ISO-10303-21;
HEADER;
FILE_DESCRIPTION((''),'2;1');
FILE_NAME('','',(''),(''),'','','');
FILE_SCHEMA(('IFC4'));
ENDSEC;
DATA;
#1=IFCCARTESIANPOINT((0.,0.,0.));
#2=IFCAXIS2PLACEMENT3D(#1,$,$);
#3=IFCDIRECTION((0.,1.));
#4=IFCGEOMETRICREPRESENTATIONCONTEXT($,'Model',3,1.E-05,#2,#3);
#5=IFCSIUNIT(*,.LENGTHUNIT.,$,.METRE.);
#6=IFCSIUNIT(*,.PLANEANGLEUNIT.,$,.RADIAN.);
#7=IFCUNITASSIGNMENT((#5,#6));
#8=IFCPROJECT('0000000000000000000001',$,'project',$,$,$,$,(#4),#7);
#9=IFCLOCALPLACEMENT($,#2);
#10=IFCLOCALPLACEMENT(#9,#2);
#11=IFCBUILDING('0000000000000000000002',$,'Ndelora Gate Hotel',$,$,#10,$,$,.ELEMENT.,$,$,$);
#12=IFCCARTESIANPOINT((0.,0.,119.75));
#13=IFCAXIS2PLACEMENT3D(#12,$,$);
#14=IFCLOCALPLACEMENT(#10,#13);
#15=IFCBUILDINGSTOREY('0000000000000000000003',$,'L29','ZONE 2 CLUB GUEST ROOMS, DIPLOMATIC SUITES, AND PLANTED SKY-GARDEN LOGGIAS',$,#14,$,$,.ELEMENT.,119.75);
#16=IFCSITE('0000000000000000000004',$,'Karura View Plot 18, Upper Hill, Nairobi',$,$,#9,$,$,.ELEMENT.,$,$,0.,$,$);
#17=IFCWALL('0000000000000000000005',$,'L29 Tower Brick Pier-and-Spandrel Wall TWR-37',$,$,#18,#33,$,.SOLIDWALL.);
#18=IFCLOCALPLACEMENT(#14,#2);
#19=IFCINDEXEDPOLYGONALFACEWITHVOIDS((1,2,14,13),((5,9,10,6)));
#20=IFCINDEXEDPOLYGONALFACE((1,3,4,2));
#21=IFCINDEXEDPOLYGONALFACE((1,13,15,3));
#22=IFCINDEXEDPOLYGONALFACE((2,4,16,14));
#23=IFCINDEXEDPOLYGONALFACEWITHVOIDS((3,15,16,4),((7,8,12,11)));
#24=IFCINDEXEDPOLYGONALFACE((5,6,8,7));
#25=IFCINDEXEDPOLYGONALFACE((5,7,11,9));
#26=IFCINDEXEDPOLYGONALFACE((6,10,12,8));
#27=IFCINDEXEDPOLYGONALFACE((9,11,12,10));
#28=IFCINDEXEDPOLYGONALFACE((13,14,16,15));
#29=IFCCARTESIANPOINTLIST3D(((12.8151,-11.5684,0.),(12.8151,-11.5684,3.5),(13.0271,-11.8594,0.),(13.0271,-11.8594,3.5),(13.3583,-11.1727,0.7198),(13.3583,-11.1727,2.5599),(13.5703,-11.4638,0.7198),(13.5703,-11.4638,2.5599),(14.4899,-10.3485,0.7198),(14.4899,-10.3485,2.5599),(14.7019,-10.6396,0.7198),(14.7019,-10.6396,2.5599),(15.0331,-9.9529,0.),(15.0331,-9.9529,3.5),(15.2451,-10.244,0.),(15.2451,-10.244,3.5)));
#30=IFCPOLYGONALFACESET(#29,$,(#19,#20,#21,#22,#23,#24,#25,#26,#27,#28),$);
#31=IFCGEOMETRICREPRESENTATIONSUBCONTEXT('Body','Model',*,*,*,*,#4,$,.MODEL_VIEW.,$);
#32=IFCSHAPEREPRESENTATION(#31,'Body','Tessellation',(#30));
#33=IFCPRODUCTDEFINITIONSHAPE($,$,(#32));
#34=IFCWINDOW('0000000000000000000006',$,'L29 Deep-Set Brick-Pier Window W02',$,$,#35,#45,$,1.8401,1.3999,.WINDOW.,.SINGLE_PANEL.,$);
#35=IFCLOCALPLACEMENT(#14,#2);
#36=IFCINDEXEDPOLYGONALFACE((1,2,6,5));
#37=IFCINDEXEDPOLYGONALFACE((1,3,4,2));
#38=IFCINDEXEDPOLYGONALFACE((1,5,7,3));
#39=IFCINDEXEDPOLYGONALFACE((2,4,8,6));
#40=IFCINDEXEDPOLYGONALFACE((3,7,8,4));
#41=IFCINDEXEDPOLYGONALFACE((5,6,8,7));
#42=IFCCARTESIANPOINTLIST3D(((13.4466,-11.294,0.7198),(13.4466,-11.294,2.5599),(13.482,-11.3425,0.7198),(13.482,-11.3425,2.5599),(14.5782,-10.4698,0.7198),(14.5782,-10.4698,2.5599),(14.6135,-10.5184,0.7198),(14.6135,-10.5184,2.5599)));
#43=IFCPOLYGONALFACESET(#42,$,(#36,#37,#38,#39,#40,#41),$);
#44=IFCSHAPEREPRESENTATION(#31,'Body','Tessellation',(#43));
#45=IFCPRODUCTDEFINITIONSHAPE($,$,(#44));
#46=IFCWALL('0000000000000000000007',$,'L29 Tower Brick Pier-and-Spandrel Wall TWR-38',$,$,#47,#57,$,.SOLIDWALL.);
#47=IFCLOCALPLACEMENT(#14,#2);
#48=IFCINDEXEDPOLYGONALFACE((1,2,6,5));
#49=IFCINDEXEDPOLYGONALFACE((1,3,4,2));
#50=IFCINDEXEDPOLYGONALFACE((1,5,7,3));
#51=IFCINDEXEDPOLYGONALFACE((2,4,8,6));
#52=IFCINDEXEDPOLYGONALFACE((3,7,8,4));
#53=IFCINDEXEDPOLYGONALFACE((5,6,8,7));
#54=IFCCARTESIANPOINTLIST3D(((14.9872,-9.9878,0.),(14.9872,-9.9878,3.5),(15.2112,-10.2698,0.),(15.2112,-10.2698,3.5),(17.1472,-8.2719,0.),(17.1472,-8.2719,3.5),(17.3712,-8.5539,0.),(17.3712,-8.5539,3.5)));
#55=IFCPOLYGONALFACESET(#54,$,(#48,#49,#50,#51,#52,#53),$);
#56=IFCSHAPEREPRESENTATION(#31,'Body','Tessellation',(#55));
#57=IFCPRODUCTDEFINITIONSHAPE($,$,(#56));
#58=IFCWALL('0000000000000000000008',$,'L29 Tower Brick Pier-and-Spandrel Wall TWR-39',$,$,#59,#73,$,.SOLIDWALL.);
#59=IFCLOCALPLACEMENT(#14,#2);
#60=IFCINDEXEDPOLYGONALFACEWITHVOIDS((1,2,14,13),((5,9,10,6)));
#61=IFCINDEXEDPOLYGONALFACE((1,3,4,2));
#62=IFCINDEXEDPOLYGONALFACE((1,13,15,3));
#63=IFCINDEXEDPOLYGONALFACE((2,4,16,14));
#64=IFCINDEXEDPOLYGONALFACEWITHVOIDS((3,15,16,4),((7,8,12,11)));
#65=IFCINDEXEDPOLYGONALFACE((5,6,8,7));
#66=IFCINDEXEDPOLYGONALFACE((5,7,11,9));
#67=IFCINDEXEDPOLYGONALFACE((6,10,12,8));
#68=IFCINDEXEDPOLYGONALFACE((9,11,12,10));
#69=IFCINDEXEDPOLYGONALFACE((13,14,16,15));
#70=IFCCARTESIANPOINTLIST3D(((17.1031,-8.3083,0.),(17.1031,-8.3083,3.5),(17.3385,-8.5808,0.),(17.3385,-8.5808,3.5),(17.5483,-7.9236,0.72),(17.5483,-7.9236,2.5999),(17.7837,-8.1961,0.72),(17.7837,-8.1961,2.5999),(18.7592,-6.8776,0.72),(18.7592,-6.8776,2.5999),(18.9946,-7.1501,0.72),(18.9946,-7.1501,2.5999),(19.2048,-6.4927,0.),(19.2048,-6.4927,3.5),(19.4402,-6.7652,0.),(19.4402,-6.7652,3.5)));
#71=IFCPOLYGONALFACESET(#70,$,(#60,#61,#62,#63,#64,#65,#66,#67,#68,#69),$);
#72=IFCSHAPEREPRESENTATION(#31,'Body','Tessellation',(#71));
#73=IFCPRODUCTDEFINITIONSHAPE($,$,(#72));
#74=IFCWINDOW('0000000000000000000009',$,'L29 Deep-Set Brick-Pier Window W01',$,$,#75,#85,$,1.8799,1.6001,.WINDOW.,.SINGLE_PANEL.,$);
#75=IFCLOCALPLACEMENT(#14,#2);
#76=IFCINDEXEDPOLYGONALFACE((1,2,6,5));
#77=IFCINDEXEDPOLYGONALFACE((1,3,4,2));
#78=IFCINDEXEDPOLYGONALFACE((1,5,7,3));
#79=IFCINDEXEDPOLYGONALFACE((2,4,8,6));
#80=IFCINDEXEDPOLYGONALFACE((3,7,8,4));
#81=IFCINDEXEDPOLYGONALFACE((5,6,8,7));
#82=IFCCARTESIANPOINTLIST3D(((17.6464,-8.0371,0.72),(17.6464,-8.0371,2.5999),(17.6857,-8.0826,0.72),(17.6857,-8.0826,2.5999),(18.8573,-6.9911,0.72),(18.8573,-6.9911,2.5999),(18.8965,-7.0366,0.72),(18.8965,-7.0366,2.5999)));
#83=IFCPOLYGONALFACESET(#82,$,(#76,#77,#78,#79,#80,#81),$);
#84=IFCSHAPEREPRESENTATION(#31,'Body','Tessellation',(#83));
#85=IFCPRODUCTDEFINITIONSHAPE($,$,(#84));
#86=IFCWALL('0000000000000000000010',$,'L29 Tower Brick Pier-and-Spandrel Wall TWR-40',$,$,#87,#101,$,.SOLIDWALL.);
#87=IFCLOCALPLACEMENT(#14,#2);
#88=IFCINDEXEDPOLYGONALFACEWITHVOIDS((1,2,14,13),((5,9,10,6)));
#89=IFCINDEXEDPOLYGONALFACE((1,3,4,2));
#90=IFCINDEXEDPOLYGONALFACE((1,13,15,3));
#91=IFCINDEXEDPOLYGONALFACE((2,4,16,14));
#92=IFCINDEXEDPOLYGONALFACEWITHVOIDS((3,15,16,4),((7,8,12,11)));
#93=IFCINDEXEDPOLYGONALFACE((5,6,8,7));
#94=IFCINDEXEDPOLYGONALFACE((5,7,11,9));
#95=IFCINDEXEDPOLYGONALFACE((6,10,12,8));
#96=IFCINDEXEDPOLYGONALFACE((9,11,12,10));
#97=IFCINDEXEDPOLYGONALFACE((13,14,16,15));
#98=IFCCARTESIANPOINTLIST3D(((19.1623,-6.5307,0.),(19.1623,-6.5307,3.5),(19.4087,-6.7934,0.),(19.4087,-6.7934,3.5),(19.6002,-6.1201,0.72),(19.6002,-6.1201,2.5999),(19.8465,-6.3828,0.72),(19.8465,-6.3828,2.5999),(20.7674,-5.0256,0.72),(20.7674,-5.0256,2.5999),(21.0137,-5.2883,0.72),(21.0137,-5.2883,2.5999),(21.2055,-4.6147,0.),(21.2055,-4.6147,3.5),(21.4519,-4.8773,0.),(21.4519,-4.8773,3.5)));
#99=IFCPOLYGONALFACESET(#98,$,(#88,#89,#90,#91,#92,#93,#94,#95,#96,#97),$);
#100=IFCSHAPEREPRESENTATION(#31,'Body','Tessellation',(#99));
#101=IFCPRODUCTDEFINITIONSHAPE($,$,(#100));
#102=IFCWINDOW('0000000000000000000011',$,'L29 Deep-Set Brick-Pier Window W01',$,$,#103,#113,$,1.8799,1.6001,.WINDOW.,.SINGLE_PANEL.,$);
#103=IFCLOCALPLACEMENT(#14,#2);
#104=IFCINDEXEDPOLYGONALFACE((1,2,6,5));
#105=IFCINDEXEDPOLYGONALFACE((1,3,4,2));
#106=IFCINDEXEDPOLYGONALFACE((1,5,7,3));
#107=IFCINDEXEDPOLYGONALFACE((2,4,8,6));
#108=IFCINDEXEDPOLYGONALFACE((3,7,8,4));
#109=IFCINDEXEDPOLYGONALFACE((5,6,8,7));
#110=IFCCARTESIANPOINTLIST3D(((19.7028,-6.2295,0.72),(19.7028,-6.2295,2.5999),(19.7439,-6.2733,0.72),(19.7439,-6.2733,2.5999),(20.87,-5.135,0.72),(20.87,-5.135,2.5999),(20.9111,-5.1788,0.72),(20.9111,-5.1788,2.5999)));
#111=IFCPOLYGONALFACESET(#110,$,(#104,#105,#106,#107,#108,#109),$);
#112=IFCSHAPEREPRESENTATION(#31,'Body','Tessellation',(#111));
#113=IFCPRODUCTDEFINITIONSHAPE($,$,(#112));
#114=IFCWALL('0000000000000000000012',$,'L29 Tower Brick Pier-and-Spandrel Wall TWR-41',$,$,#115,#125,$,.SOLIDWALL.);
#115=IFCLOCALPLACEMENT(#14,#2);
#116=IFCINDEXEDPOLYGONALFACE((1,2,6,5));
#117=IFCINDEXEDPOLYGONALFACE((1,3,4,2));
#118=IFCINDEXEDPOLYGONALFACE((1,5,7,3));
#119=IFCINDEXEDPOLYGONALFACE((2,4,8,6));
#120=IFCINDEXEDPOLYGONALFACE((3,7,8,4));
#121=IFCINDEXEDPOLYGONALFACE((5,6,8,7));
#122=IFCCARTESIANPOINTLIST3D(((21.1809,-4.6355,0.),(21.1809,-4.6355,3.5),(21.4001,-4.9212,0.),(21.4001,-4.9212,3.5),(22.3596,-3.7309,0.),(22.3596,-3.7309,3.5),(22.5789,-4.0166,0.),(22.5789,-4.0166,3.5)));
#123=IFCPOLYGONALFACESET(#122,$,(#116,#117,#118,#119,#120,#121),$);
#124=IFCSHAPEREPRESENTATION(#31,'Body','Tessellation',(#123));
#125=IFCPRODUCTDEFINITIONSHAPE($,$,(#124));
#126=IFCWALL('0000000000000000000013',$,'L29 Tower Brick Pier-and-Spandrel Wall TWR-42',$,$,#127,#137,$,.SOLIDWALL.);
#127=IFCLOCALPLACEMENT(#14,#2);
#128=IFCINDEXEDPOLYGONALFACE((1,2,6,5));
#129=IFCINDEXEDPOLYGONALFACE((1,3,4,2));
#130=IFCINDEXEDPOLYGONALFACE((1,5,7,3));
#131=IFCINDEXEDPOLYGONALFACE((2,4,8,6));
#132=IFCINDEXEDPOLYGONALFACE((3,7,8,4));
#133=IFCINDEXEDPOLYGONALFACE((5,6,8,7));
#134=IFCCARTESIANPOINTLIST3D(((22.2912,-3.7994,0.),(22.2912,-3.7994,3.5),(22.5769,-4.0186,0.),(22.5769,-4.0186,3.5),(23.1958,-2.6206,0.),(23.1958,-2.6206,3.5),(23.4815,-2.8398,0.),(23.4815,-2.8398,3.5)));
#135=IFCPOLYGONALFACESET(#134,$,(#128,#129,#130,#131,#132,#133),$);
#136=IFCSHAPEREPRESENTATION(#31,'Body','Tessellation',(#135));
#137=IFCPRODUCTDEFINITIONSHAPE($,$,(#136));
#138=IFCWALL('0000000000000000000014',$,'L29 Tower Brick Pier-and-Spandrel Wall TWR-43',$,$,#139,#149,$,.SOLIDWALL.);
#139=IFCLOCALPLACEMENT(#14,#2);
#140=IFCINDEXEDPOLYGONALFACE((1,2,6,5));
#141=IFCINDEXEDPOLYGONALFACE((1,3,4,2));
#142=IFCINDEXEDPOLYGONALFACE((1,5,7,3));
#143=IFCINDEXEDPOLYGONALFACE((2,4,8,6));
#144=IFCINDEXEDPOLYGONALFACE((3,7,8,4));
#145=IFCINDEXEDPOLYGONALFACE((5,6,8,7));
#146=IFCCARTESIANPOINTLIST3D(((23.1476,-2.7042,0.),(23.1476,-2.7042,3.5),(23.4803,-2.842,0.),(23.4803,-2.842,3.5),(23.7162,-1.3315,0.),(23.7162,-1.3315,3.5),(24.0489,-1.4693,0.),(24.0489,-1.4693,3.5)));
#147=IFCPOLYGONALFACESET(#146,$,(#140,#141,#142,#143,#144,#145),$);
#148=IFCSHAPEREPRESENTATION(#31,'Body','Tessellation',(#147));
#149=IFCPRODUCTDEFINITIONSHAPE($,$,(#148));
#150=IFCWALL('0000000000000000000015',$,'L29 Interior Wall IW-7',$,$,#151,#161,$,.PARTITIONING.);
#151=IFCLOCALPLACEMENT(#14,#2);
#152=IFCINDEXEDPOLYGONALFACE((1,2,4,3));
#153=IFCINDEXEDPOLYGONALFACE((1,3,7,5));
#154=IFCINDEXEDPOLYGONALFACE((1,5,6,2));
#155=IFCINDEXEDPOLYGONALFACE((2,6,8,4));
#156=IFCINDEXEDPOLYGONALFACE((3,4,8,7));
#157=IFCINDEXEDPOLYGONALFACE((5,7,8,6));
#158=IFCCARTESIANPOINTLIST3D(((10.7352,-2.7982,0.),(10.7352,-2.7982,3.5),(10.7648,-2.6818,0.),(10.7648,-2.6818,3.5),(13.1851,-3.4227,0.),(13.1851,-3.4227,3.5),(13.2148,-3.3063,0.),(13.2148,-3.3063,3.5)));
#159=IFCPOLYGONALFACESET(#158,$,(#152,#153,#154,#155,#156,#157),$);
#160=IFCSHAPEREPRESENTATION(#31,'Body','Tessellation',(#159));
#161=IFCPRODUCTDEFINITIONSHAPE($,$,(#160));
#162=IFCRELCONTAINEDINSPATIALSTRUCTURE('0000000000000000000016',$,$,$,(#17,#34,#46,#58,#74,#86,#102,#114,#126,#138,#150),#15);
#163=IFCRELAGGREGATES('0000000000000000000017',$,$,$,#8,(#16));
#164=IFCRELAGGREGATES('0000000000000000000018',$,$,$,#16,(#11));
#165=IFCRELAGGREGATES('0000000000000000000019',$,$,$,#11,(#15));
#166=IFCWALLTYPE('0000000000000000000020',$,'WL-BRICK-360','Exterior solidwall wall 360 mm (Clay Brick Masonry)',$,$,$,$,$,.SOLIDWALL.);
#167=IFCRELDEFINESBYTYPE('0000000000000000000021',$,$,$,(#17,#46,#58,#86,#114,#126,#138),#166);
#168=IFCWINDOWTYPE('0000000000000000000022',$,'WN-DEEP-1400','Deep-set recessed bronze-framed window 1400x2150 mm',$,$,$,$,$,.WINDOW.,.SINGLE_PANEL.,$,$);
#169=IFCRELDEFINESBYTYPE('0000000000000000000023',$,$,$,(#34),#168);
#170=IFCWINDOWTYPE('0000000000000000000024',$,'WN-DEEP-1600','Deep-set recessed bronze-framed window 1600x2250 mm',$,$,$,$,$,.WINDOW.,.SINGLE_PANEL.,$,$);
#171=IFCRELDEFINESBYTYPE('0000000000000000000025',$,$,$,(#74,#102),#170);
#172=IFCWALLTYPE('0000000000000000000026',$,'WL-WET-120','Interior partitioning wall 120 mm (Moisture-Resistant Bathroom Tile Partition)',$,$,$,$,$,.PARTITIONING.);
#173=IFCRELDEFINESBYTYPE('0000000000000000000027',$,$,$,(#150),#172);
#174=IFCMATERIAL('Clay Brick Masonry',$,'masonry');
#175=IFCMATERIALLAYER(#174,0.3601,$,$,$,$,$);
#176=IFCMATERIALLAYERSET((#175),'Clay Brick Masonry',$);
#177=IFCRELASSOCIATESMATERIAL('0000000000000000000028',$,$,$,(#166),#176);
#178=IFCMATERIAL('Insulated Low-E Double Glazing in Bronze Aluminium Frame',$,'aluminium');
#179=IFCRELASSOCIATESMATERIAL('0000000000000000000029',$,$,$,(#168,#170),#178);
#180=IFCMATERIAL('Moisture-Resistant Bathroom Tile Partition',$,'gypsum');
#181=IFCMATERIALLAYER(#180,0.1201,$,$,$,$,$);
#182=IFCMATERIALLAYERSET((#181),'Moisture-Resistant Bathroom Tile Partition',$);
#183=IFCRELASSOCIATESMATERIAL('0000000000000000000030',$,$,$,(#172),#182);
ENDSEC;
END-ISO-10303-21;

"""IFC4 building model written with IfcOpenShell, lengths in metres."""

from ifc_helpers import new_model, si_unit, direction, frame, frame_2d, origin, place, context, subcontext, project, spatial, rectangle, extrude, material, layer, layer_set, type_object, element, fill, save


model = new_model("IFC4")

# Units and contexts
model_context = context("Model", 3, precision=1e-05, world=origin(), true_north=direction((0.0, 1.0)))
body_context = subcontext(model_context, "Body", "Model", "MODEL_VIEW")
ifc_project = project(units=[si_unit("LENGTHUNIT", "METRE"), si_unit("PLANEANGLEUNIT", "RADIAN")], contexts=[model_context])

# Site, building, storey
site_placement = place(None, origin())
site = spatial("IfcSite", under=ifc_project, at=site_placement, Name="Karura View Plot 18, Upper Hill, Nairobi", CompositionType="ELEMENT", RefElevation=0.0)
building_placement = place(site_placement, origin())
building = spatial("IfcBuilding", under=site, at=building_placement, Name="Ndelora Gate Hotel", CompositionType="ELEMENT")
storey_placement = place(building_placement, frame((0.0, 0.0, 119.75)))
storey = spatial("IfcBuildingStorey", under=building, at=storey_placement, Name="L29", Description="ZONE 2 CLUB GUEST ROOMS, DIPLOMATIC SUITES, AND PLANTED SKY-GARDEN LOGGIAS", CompositionType="ELEMENT", Elevation=119.75)

# Wall, opening, window
ifc_material_1 = material(Name="Clay Brick Masonry", Category="masonry")
ifc_layer_1 = layer(ifc_material_1, 0.3601)
ifc_layer_set_1 = layer_set([ifc_layer_1], Name="Clay Brick Masonry")
wall_type_1 = type_object("IfcWallType", Name="WL-BRICK-360", Description="Exterior solidwall wall 360 mm (Clay Brick Masonry)", PredefinedType="SOLIDWALL", material=ifc_layer_set_1)
ifc_material_2 = material(Name="Insulated Low-E Double Glazing in Bronze Aluminium Frame", Category="aluminium")
window_type_1 = type_object("IfcWindowType", Name="WN-DEEP-1400", Description="Deep-set recessed bronze-framed window 1400x2150 mm", PartitioningType="SINGLE_PANEL", PredefinedType="WINDOW", material=ifc_material_2)
wall_1_placement = place(storey_placement, frame((15.1392, -10.0984, 0.0), z_axis=(0.0, 0.0, 1.0), x_axis=(-0.808324, -0.588738, 0.0)))
wall_1 = element("IfcWall", 1, at=wall_1_placement, inside=storey, type_object=wall_type_1, Name="L29 Tower Brick Pier-and-Spandrel Wall TWR-37", PredefinedType="SOLIDWALL", context=body_context, shape_type="SweptSolid", body=[
    extrude(rectangle(XDim=2.7439, YDim=0.3601, at=frame_2d((1.3721, 0.0))), origin(), (0.0, 0.0, 1.0), 3.5),
])
opening_1_placement = place(wall_1_placement, frame((0.6721, 0.0, 0.72)))
opening_1 = element("IfcOpeningElement", 2, at=opening_1_placement, cuts=wall_1, PredefinedType="OPENING", context=body_context, shape_type="SweptSolid", body=[
    extrude(rectangle(XDim=1.3999, YDim=1.8401, at=frame_2d((0.7, 0.9199))), frame((0.0, 0.1899, 0.0), z_axis=(0.0, -1.0, 0.0), x_axis=(1.0, 0.0, 0.0)), (0.0, 0.0, 1.0), 0.3801),
])
window_1_placement = place(opening_1_placement, origin())
window_1 = element("IfcWindow", 3, at=window_1_placement, inside=storey, type_object=window_type_1, Name="L29 Deep-Set Brick-Pier Window W02", OverallHeight=1.8401, OverallWidth=1.3999, PartitioningType="SINGLE_PANEL", PredefinedType="WINDOW", context=body_context, shape_type="SweptSolid", body=[
    extrude(rectangle(XDim=1.3999, YDim=1.8401, at=frame_2d((0.7, 0.9199))), frame((0.0, 0.03, 0.0), z_axis=(0.0, -1.0, 0.0), x_axis=(1.0, 0.0, 0.0)), (0.0, 0.0, 1.0), 0.0601),
])
fill(opening_1, window_1)

# Wall
wall_2_placement = place(storey_placement, frame((17.2593, -8.4128, 0.0), z_axis=(0.0, 0.0, 1.0), x_axis=(-0.783006, -0.622015, 0.0)))
element("IfcWall", 4, at=wall_2_placement, inside=storey, type_object=wall_type_1, Name="L29 Tower Brick Pier-and-Spandrel Wall TWR-38", PredefinedType="SOLIDWALL", context=body_context, shape_type="SweptSolid", body=[
    extrude(rectangle(XDim=2.7585, YDim=0.3601, at=frame_2d((1.3794, 0.0))), origin(), (0.0, 0.0, 1.0), 3.5),
])

# Walls, openings, windows
wall_3_placement = place(storey_placement, frame((19.3225, -6.6289, 0.0), z_axis=(0.0, 0.0, 1.0), x_axis=(-0.756738, -0.653718, 0.0)))
wall_3 = element("IfcWall", 5, at=wall_3_placement, inside=storey, type_object=wall_type_1, Name="L29 Tower Brick Pier-and-Spandrel Wall TWR-39", PredefinedType="SOLIDWALL", context=body_context, shape_type="SweptSolid", body=[
    extrude(rectangle(XDim=2.7773, YDim=0.3601, at=frame_2d((1.3887, 0.0))), origin(), (0.0, 0.0, 1.0), 3.5),
])
opening_2_placement = place(wall_3_placement, frame((0.5889, 0.0, 0.72)))
opening_2 = element("IfcOpeningElement", 6, at=opening_2_placement, cuts=wall_3, PredefinedType="OPENING", context=body_context, shape_type="SweptSolid", body=[
    extrude(rectangle(XDim=1.6001, YDim=1.8799, at=frame_2d((0.8, 0.9399))), frame((0.0, 0.1899, 0.0), z_axis=(0.0, -1.0, 0.0), x_axis=(1.0, 0.0, 0.0)), (0.0, 0.0, 1.0), 0.3801),
])
window_type_2 = type_object("IfcWindowType", Name="WN-DEEP-1600", Description="Deep-set recessed bronze-framed window 1600x2250 mm", PartitioningType="SINGLE_PANEL", PredefinedType="WINDOW", material=ifc_material_2)
window_2_placement = place(opening_2_placement, origin())
window_2 = element("IfcWindow", 7, at=window_2_placement, inside=storey, type_object=window_type_2, Name="L29 Deep-Set Brick-Pier Window W01", OverallHeight=1.8799, OverallWidth=1.6001, PartitioningType="SINGLE_PANEL", PredefinedType="WINDOW", context=body_context, shape_type="SweptSolid", body=[
    extrude(rectangle(XDim=1.6001, YDim=1.8799, at=frame_2d((0.8, 0.9399))), frame((0.0, 0.03, 0.0), z_axis=(0.0, -1.0, 0.0), x_axis=(1.0, 0.0, 0.0)), (0.0, 0.0, 1.0), 0.0601),
])
fill(opening_2, window_2)
wall_4_placement = place(storey_placement, frame((21.3286, -4.7461, 0.0), z_axis=(0.0, 0.0, 1.0), x_axis=(-0.729448, -0.684037, 0.0)))
wall_4 = element("IfcWall", 8, at=wall_4_placement, inside=storey, type_object=wall_type_1, Name="L29 Tower Brick Pier-and-Spandrel Wall TWR-40", PredefinedType="SOLIDWALL", context=body_context, shape_type="SweptSolid", body=[
    extrude(rectangle(XDim=2.801, YDim=0.3601, at=frame_2d((1.4004, 0.0))), origin(), (0.0, 0.0, 1.0), 3.5),
])
opening_3_placement = place(wall_4_placement, frame((0.6006, 0.0, 0.72)))
opening_3 = element("IfcOpeningElement", 9, at=opening_3_placement, cuts=wall_4, PredefinedType="OPENING", context=body_context, shape_type="SweptSolid", body=[
    extrude(rectangle(XDim=1.6001, YDim=1.8799, at=frame_2d((0.8, 0.9399))), frame((0.0, 0.1899, 0.0), z_axis=(0.0, -1.0, 0.0), x_axis=(1.0, 0.0, 0.0)), (0.0, 0.0, 1.0), 0.3801),
])
window_3_placement = place(opening_3_placement, origin())
window_3 = element("IfcWindow", 10, at=window_3_placement, inside=storey, type_object=window_type_2, Name="L29 Deep-Set Brick-Pier Window W01", OverallHeight=1.8799, OverallWidth=1.6001, PartitioningType="SINGLE_PANEL", PredefinedType="WINDOW", context=body_context, shape_type="SweptSolid", body=[
    extrude(rectangle(XDim=1.6001, YDim=1.8799, at=frame_2d((0.8, 0.9399))), frame((0.0, 0.03, 0.0), z_axis=(0.0, -1.0, 0.0), x_axis=(1.0, 0.0, 0.0)), (0.0, 0.0, 1.0), 0.0601),
])
fill(opening_3, window_3)

# Walls
for number, where, z_axis, x_axis, name in (
    (11, (22.4692, -3.8738, 0.0), (0.0, 0.0, 1.0), (-0.793326, -0.608797, 0.0), "L29 Tower Brick Pier-and-Spandrel Wall TWR-41"),
    (12, (23.3386, -2.7302, 0.0), (0.0, 0.0, 1.0), (-0.608797, -0.793326, 0.0), "L29 Tower Brick Pier-and-Spandrel Wall TWR-42"),
    (13, (23.8826, -1.4004, 0.0), (0.0, 0.0, 1.0), (-0.382666, -0.923887, 0.0), "L29 Tower Brick Pier-and-Spandrel Wall TWR-43"),
):
    element("IfcWall", number, at=place(storey_placement, frame(where, z_axis=z_axis, x_axis=x_axis)), inside=storey, type_object=wall_type_1, Name=name, PredefinedType="SOLIDWALL", context=body_context, shape_type="SweptSolid", body=[
        extrude(rectangle(XDim=1.4858, YDim=0.3601, at=frame_2d((0.7429, 0.0))), origin(), (0.0, 0.0, 1.0), 3.5),
    ])
ifc_material_3 = material(Name="Moisture-Resistant Bathroom Tile Partition", Category="gypsum")
ifc_layer_2 = layer(ifc_material_3, 0.1201)
ifc_layer_set_2 = layer_set([ifc_layer_2], Name="Moisture-Resistant Bathroom Tile Partition")
wall_type_2 = type_object("IfcWallType", Name="WL-WET-120", Description="Interior partitioning wall 120 mm (Moisture-Resistant Bathroom Tile Partition)", PredefinedType="PARTITIONING", material=ifc_layer_set_2)
wall_5_placement = place(storey_placement, frame((10.75, -2.74, 0.0), z_axis=(0.0, 0.0, 1.0), x_axis=(0.969013, -0.247009, 0.0)))
element("IfcWall", 14, at=wall_5_placement, inside=storey, type_object=wall_type_2, Name="L29 Interior Wall IW-7", PredefinedType="PARTITIONING", context=body_context, shape_type="SweptSolid", body=[
    extrude(rectangle(XDim=2.5283, YDim=0.1201, at=frame_2d((1.2642, 0.0))), origin(), (0.0, 0.0, 1.0), 3.5),
])

save(model, "model.ifc")
